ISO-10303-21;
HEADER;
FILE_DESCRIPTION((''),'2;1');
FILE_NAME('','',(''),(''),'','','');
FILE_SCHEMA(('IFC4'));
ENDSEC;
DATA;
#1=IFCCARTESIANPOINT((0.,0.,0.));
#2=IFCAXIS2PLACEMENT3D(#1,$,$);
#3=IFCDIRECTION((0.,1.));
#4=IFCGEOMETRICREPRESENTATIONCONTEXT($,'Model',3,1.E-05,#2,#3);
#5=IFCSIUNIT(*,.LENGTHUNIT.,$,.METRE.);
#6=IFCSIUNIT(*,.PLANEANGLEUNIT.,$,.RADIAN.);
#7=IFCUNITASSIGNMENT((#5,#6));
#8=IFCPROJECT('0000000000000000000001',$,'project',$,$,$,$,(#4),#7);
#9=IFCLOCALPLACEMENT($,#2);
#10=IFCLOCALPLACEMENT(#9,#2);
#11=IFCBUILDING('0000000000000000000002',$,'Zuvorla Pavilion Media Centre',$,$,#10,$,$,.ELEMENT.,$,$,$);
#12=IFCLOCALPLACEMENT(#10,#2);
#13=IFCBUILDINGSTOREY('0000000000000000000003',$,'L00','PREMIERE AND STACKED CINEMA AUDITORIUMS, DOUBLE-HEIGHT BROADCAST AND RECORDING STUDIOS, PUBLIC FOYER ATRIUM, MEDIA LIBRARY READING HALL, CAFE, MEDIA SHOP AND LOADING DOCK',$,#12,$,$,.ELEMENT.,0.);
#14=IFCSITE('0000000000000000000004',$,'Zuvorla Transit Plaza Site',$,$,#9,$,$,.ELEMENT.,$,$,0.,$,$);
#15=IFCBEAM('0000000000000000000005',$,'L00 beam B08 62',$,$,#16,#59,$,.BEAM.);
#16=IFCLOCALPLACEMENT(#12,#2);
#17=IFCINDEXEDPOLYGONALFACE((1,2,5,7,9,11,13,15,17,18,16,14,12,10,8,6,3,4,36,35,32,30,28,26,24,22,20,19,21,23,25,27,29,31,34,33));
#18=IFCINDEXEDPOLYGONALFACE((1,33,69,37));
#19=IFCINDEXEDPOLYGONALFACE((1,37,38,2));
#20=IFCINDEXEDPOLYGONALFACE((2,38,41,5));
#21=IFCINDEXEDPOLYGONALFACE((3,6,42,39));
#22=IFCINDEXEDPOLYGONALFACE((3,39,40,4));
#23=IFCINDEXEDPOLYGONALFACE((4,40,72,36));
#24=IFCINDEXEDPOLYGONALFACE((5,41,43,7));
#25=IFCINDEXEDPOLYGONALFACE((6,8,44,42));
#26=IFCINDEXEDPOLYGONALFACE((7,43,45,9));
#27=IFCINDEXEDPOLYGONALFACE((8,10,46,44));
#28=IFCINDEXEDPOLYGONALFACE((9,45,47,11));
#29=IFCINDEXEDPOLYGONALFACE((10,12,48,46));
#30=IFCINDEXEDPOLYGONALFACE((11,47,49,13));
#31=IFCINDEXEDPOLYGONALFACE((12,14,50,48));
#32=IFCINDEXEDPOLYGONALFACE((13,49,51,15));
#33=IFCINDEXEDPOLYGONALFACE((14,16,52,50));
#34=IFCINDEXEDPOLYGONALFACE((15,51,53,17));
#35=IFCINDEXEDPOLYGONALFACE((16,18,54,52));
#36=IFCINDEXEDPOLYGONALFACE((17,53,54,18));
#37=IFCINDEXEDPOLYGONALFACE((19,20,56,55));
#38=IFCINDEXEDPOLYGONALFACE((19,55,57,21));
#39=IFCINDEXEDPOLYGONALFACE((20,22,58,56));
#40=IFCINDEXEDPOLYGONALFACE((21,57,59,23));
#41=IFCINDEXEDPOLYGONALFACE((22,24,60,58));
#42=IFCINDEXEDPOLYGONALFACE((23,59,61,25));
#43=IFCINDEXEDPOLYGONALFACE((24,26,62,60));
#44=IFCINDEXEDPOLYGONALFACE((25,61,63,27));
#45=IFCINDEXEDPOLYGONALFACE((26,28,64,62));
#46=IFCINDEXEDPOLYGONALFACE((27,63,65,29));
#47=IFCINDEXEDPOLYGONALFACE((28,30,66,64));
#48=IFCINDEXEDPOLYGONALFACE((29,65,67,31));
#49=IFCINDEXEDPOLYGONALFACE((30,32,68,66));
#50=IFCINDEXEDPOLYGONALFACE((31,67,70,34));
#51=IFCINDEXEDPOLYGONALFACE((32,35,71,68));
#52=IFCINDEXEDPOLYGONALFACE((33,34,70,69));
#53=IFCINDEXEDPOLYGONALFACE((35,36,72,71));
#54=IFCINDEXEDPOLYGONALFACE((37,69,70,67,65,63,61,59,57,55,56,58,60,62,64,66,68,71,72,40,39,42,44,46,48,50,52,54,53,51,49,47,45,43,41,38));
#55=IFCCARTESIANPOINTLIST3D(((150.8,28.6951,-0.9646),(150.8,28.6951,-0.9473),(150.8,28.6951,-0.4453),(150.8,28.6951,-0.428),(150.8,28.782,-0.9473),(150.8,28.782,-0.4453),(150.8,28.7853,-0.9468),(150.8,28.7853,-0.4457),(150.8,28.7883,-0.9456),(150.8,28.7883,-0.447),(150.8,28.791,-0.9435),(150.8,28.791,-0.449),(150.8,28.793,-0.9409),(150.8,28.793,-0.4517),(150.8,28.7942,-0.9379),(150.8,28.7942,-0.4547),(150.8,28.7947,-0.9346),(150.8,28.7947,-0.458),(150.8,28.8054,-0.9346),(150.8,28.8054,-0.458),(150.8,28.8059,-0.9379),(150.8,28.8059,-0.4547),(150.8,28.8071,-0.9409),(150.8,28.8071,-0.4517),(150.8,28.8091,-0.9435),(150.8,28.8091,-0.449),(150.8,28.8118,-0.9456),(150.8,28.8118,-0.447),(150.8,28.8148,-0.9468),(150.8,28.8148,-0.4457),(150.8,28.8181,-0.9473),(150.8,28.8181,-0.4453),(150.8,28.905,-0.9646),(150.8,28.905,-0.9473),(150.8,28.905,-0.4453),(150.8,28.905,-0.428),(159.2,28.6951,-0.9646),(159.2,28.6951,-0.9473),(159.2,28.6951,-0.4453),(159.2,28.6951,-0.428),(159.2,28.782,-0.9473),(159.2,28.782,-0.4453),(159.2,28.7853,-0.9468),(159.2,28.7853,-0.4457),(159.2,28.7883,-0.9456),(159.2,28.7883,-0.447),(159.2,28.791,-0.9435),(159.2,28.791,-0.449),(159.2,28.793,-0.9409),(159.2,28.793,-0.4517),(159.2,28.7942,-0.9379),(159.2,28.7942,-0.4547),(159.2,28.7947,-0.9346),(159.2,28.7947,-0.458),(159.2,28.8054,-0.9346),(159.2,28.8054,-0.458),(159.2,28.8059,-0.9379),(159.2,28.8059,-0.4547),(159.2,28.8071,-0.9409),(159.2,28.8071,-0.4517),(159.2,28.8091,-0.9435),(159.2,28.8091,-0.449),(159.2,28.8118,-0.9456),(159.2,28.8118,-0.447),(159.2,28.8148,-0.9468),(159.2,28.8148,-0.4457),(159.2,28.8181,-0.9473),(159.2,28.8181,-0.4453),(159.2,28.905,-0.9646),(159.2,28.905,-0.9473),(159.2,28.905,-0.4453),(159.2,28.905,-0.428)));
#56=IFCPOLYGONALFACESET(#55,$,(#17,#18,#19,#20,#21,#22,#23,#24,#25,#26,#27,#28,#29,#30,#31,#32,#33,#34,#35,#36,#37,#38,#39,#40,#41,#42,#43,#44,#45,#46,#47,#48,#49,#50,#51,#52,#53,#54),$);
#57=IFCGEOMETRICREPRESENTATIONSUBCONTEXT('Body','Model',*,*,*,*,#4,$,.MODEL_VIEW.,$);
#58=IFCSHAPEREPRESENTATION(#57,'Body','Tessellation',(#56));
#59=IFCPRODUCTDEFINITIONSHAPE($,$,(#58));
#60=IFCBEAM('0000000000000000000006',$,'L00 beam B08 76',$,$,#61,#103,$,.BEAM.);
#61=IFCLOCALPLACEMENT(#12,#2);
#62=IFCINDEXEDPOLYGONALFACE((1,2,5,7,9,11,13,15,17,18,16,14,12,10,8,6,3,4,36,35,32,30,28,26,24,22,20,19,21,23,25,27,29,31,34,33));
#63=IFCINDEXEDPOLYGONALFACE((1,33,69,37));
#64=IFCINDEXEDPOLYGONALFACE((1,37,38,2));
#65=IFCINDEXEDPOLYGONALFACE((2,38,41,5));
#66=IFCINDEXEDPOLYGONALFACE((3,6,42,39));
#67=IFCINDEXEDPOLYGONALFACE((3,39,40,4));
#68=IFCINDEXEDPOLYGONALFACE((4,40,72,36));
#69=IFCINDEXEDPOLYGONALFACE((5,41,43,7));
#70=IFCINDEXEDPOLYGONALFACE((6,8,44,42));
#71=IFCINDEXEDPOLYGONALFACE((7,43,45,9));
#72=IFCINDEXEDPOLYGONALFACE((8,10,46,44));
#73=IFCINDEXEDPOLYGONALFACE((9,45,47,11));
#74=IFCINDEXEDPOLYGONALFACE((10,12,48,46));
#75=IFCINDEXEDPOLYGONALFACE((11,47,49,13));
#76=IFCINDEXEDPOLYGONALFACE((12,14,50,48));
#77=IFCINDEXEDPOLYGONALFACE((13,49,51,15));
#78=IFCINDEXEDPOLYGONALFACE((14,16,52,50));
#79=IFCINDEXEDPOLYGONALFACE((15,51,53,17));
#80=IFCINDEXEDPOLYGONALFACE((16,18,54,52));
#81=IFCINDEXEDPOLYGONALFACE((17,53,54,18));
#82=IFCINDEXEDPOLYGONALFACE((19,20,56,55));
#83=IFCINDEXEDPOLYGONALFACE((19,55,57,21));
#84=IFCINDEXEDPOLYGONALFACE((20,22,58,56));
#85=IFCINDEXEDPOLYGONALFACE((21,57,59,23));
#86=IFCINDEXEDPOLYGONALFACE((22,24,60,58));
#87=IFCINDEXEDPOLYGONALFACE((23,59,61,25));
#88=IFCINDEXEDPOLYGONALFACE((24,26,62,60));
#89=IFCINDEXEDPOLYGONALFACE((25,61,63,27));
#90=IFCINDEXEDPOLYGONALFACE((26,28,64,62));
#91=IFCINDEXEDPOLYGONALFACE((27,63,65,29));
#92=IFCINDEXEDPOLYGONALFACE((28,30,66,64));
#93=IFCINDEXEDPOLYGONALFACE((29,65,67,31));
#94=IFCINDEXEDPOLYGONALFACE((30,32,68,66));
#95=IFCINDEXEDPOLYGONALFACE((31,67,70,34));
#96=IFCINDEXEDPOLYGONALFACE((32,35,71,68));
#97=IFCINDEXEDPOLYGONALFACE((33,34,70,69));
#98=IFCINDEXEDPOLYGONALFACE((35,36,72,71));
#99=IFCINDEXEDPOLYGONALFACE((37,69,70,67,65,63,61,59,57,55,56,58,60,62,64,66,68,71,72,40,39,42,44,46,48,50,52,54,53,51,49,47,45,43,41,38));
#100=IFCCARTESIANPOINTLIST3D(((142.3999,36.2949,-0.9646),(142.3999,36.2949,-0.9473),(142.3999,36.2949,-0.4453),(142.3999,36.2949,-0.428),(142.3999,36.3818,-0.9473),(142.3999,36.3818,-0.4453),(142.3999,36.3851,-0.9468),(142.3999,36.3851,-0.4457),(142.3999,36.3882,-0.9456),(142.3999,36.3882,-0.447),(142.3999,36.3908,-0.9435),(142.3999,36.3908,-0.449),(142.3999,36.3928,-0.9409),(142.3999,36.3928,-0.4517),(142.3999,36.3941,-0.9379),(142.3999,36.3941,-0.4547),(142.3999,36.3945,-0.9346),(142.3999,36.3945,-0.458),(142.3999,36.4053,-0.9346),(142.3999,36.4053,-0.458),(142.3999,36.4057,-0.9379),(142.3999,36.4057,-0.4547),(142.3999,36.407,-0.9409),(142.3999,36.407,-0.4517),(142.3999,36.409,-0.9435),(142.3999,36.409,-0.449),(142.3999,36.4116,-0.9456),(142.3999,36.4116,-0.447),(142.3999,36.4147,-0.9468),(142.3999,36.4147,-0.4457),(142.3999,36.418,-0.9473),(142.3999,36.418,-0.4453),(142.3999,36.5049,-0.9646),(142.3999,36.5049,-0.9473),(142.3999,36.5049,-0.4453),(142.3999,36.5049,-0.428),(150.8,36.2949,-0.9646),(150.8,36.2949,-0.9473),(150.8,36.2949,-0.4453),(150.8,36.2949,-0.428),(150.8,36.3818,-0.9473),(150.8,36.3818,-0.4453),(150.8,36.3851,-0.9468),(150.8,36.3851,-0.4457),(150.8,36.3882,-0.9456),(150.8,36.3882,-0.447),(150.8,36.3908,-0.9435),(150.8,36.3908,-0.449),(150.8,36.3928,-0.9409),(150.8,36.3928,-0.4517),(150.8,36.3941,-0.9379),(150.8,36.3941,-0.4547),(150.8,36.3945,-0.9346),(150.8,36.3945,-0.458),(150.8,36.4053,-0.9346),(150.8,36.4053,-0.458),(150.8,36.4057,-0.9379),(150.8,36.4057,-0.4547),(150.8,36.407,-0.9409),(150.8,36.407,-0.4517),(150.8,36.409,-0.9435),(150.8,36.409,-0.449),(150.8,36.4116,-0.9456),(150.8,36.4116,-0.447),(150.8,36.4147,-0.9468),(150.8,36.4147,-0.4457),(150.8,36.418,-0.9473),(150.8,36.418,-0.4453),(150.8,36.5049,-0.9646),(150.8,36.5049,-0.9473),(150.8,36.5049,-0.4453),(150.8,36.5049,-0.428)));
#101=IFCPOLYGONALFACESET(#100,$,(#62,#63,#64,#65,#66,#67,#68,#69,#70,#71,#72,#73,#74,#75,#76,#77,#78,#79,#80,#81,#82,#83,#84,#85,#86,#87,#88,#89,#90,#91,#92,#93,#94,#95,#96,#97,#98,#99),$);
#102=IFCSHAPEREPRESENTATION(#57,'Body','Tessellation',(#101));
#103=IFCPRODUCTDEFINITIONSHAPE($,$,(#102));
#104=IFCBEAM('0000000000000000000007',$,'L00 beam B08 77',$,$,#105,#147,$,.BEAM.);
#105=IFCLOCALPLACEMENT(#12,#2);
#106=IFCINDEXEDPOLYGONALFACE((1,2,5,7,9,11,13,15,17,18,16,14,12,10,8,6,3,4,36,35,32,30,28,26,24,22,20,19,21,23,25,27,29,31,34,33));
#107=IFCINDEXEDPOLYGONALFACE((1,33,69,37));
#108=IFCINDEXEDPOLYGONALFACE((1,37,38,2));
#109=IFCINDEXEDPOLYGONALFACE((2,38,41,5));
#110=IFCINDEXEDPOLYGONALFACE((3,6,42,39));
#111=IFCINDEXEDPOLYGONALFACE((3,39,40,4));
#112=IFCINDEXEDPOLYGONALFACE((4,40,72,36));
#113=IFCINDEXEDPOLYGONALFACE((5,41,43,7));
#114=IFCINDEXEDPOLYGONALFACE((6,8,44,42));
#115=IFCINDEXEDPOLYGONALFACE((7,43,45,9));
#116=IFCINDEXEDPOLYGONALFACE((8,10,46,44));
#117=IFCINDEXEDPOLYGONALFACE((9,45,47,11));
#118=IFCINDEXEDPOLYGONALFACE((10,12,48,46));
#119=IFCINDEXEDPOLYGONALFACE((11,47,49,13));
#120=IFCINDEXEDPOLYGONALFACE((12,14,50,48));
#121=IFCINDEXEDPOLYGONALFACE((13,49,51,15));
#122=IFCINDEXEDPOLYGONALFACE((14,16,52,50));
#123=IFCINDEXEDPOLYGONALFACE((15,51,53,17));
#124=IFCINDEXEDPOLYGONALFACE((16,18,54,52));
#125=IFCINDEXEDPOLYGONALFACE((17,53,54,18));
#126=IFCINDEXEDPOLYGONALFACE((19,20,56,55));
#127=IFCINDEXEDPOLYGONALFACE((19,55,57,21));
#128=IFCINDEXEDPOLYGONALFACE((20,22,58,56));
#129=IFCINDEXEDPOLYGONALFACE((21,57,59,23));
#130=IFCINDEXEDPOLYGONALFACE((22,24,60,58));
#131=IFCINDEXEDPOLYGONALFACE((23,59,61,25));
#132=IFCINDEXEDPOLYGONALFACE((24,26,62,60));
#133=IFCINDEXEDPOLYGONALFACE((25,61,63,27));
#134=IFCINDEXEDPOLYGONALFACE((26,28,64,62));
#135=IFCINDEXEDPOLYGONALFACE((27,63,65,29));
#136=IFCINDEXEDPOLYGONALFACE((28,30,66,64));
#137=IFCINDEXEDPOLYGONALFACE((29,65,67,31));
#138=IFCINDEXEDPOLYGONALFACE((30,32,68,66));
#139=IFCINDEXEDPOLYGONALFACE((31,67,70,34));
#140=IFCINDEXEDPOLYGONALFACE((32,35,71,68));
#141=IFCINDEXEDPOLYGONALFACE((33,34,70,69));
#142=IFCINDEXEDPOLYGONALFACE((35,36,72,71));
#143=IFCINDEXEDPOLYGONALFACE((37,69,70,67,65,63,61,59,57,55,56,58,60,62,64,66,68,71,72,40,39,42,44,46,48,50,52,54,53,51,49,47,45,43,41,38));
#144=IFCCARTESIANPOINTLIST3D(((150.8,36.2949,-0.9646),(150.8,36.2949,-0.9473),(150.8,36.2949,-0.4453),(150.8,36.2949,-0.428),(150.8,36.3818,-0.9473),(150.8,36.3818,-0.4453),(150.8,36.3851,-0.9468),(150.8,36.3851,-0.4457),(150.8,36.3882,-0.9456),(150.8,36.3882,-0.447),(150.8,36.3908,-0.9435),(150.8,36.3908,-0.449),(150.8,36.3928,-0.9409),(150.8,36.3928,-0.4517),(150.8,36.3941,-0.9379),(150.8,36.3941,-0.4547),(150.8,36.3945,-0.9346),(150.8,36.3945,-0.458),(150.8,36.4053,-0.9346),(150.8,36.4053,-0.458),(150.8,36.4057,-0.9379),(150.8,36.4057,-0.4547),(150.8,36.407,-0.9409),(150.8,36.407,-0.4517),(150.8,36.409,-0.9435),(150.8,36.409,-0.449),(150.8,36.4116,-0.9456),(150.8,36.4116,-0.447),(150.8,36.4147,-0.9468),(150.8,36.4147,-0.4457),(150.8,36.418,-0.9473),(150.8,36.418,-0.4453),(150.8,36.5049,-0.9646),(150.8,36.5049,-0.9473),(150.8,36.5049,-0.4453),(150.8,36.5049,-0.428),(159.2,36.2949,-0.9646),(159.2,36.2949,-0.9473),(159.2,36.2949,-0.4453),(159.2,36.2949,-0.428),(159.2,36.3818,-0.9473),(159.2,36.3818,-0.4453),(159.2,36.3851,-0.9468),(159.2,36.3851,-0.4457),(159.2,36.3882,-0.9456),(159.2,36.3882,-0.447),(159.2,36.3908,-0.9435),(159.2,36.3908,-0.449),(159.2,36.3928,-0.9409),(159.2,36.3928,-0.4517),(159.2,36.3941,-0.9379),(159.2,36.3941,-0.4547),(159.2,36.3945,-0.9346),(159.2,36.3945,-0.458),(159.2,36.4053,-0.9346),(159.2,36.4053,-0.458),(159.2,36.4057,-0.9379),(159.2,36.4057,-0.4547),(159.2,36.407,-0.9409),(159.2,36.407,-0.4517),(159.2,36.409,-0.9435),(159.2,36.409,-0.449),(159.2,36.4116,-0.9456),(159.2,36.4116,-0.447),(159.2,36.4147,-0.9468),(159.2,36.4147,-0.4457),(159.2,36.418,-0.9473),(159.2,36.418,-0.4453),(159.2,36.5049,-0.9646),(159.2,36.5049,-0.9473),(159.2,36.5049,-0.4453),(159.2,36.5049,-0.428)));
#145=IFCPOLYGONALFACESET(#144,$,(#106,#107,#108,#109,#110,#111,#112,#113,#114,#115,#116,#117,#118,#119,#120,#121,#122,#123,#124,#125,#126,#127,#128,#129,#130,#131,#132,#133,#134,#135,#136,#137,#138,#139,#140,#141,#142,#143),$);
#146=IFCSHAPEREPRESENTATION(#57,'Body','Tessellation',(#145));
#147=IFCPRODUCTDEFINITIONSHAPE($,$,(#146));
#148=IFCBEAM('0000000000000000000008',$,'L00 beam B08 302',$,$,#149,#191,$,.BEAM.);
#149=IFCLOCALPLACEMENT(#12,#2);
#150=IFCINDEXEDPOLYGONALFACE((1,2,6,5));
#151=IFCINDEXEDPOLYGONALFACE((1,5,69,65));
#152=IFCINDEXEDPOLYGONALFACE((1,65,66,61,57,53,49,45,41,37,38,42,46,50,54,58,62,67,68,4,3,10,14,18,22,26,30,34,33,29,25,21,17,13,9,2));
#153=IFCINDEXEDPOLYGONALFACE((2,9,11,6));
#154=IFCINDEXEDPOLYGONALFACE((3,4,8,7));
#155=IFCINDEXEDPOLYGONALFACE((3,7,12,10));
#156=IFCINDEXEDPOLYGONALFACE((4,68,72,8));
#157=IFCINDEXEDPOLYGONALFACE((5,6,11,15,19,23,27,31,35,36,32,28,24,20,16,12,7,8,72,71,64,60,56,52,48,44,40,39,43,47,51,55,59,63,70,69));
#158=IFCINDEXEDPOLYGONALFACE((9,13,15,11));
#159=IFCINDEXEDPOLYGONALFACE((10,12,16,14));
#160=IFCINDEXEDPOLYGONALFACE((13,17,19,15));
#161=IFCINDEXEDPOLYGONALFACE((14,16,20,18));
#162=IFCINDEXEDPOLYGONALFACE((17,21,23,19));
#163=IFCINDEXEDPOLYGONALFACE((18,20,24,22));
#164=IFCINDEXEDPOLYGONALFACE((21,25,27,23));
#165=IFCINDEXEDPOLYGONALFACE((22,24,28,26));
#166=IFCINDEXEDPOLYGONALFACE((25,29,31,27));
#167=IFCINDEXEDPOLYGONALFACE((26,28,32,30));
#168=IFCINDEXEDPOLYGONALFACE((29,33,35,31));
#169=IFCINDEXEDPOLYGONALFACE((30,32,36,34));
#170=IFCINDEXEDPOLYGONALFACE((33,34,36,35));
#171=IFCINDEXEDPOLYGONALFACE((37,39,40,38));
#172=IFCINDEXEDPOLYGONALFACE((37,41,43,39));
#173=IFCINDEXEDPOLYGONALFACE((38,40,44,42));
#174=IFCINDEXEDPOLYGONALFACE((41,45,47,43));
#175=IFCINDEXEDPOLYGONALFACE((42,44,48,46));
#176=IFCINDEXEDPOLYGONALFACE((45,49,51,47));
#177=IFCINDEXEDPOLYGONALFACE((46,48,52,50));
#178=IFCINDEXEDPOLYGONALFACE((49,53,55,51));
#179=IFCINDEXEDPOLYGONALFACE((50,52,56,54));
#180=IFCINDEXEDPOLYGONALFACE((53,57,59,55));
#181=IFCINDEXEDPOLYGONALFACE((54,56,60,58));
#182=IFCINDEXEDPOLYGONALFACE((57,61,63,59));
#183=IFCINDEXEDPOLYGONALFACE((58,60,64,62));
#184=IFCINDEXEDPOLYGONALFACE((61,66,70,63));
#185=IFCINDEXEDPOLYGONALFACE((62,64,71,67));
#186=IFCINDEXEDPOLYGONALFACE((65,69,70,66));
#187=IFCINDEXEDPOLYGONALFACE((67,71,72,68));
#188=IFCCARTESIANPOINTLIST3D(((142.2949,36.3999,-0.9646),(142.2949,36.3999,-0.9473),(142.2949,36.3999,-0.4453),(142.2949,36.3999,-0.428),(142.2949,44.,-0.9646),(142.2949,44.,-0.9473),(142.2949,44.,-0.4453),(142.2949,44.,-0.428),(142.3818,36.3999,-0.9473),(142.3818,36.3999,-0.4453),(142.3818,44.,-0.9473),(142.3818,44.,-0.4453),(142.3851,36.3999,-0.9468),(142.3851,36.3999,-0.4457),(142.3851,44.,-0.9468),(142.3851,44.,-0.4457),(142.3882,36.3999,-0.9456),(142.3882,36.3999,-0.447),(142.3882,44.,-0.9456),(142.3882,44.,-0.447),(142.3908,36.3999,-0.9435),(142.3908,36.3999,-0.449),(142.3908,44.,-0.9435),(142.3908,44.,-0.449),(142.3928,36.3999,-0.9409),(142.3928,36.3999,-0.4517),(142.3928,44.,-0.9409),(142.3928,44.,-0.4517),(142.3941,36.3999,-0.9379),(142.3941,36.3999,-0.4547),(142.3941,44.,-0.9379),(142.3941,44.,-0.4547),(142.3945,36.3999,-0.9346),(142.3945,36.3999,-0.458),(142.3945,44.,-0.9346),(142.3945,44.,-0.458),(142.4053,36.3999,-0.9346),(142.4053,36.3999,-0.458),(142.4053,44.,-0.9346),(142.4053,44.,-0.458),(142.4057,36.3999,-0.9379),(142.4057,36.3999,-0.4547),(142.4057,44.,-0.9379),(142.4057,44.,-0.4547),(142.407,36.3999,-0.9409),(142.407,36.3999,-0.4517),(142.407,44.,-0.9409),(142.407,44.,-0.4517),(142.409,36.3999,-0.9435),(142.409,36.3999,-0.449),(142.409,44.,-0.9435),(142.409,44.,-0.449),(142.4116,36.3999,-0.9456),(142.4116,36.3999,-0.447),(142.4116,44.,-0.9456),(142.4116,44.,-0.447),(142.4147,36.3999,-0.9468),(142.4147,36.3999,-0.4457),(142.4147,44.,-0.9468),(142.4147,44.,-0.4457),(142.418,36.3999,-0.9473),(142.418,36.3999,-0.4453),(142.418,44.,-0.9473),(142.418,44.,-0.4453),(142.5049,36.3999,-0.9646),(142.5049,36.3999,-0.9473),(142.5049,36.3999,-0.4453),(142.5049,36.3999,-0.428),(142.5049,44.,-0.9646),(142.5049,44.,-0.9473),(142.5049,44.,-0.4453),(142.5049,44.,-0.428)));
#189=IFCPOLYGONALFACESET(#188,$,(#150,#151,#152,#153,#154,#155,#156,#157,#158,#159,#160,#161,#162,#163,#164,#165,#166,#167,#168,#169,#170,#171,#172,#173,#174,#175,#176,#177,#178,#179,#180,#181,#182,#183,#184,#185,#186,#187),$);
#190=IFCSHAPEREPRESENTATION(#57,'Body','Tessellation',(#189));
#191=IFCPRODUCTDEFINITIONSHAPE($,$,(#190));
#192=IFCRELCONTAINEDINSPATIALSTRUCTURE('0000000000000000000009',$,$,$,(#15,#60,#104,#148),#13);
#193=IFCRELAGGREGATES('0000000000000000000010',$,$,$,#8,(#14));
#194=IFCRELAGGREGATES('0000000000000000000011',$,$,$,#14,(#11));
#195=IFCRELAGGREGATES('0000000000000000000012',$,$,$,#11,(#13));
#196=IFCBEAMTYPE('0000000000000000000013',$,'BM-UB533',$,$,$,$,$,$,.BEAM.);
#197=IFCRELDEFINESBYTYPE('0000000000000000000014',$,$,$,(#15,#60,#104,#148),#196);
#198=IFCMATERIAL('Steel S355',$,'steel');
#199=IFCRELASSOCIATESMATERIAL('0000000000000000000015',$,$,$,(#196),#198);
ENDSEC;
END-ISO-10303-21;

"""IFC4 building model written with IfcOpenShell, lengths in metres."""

from ifc_helpers import new_model, si_unit, direction, frame, origin, origin_2d, place, context, subcontext, project, spatial, i_section, extrude, material, material_profile, profile_set, type_object, element, save


model = new_model("IFC4")

# Units and contexts
model_context = context("Model", 3, precision=1e-05, world=origin(), true_north=direction((0.0, 1.0)))
body_context = subcontext(model_context, "Body", "Model", "MODEL_VIEW")
ifc_project = project(units=[si_unit("LENGTHUNIT", "METRE"), si_unit("PLANEANGLEUNIT", "RADIAN")], contexts=[model_context])

# Site, building, storey
site_placement = place(None, origin())
site = spatial("IfcSite", under=ifc_project, at=site_placement, Name="Zuvorla Transit Plaza Site", CompositionType="ELEMENT", RefElevation=0.0)
building_placement = place(site_placement, origin())
building = spatial("IfcBuilding", under=site, at=building_placement, Name="Zuvorla Pavilion Media Centre", CompositionType="ELEMENT")
storey_placement = place(building_placement, origin())
storey = spatial("IfcBuildingStorey", under=building, at=storey_placement, Name="L00", Description="PREMIERE AND STACKED CINEMA AUDITORIUMS, DOUBLE-HEIGHT BROADCAST AND RECORDING STUDIOS, PUBLIC FOYER ATRIUM, MEDIA LIBRARY READING HALL, CAFE, MEDIA SHOP AND LOADING DOCK", CompositionType="ELEMENT", Elevation=0.0)

# Beams
ifc_material_1 = material(Name="Steel S355", Category="steel")
ifc_material_profile_1 = material_profile(ifc_material_1, i_section(OverallWidth=0.21, OverallDepth=0.5366, WebThickness=0.0107, FlangeThickness=0.0173, FilletRadius=0.0127, at=origin_2d()), Name="UB 533x210x101")
ifc_profile_set_1 = profile_set([ifc_material_profile_1], Name="Steel S355")
beam_type_1 = type_object("IfcBeamType", Name="BM-UB533", PredefinedType="BEAM", material=ifc_profile_set_1)
for number, where, z_axis, x_axis, name in (
    (1, (150.8, 28.8, -0.6963), (1.0, 0.0, 0.0), (0.0, 1.0, 0.0), "L00 beam B08 62"),
):
    element("IfcBeam", number, at=place(storey_placement, frame(where, z_axis=z_axis, x_axis=x_axis)), inside=storey, type_object=beam_type_1, Name=name, PredefinedType="BEAM", context=body_context, shape_type="SweptSolid", body=[
        extrude(i_section(OverallWidth=0.21, OverallDepth=0.5366, WebThickness=0.0107, FlangeThickness=0.0173, FilletRadius=0.0127, at=origin_2d()), origin(), (0.0, 0.0, 1.0), 8.3999),
    ])
beam_1_placement = place(storey_placement, frame((142.3999, 36.3999, -0.6963), z_axis=(1.0, 0.0, 0.0), x_axis=(0.0, 1.0, 0.0)))
element("IfcBeam", 2, at=beam_1_placement, inside=storey, type_object=beam_type_1, Name="L00 beam B08 76", PredefinedType="BEAM", context=body_context, shape_type="SweptSolid", body=[
    extrude(i_section(OverallWidth=0.21, OverallDepth=0.5366, WebThickness=0.0107, FlangeThickness=0.0173, FilletRadius=0.0127, at=origin_2d()), origin(), (0.0, 0.0, 1.0), 8.4001),
])
beam_2_placement = place(storey_placement, frame((150.8, 36.3999, -0.6963), z_axis=(1.0, 0.0, 0.0), x_axis=(0.0, 1.0, 0.0)))
element("IfcBeam", 3, at=beam_2_placement, inside=storey, type_object=beam_type_1, Name="L00 beam B08 77", PredefinedType="BEAM", context=body_context, shape_type="SweptSolid", body=[
    extrude(i_section(OverallWidth=0.21, OverallDepth=0.5366, WebThickness=0.0107, FlangeThickness=0.0173, FilletRadius=0.0127, at=origin_2d()), origin(), (0.0, 0.0, 1.0), 8.3999),
])
for number, where, z_axis, x_axis, name in (
    (4, (142.3999, 36.3999, -0.6963), (0.0, 1.0, 0.0), (-1.0, 0.0, 0.0), "L00 beam B08 302"),
):
    element("IfcBeam", number, at=place(storey_placement, frame(where, z_axis=z_axis, x_axis=x_axis)), inside=storey, type_object=beam_type_1, Name=name, PredefinedType="BEAM", context=body_context, shape_type="SweptSolid", body=[
        extrude(i_section(OverallWidth=0.21, OverallDepth=0.5366, WebThickness=0.0107, FlangeThickness=0.0173, FilletRadius=0.0127, at=origin_2d()), origin(), (0.0, 0.0, 1.0), 7.6001),
    ])

save(model, "model.ifc")
